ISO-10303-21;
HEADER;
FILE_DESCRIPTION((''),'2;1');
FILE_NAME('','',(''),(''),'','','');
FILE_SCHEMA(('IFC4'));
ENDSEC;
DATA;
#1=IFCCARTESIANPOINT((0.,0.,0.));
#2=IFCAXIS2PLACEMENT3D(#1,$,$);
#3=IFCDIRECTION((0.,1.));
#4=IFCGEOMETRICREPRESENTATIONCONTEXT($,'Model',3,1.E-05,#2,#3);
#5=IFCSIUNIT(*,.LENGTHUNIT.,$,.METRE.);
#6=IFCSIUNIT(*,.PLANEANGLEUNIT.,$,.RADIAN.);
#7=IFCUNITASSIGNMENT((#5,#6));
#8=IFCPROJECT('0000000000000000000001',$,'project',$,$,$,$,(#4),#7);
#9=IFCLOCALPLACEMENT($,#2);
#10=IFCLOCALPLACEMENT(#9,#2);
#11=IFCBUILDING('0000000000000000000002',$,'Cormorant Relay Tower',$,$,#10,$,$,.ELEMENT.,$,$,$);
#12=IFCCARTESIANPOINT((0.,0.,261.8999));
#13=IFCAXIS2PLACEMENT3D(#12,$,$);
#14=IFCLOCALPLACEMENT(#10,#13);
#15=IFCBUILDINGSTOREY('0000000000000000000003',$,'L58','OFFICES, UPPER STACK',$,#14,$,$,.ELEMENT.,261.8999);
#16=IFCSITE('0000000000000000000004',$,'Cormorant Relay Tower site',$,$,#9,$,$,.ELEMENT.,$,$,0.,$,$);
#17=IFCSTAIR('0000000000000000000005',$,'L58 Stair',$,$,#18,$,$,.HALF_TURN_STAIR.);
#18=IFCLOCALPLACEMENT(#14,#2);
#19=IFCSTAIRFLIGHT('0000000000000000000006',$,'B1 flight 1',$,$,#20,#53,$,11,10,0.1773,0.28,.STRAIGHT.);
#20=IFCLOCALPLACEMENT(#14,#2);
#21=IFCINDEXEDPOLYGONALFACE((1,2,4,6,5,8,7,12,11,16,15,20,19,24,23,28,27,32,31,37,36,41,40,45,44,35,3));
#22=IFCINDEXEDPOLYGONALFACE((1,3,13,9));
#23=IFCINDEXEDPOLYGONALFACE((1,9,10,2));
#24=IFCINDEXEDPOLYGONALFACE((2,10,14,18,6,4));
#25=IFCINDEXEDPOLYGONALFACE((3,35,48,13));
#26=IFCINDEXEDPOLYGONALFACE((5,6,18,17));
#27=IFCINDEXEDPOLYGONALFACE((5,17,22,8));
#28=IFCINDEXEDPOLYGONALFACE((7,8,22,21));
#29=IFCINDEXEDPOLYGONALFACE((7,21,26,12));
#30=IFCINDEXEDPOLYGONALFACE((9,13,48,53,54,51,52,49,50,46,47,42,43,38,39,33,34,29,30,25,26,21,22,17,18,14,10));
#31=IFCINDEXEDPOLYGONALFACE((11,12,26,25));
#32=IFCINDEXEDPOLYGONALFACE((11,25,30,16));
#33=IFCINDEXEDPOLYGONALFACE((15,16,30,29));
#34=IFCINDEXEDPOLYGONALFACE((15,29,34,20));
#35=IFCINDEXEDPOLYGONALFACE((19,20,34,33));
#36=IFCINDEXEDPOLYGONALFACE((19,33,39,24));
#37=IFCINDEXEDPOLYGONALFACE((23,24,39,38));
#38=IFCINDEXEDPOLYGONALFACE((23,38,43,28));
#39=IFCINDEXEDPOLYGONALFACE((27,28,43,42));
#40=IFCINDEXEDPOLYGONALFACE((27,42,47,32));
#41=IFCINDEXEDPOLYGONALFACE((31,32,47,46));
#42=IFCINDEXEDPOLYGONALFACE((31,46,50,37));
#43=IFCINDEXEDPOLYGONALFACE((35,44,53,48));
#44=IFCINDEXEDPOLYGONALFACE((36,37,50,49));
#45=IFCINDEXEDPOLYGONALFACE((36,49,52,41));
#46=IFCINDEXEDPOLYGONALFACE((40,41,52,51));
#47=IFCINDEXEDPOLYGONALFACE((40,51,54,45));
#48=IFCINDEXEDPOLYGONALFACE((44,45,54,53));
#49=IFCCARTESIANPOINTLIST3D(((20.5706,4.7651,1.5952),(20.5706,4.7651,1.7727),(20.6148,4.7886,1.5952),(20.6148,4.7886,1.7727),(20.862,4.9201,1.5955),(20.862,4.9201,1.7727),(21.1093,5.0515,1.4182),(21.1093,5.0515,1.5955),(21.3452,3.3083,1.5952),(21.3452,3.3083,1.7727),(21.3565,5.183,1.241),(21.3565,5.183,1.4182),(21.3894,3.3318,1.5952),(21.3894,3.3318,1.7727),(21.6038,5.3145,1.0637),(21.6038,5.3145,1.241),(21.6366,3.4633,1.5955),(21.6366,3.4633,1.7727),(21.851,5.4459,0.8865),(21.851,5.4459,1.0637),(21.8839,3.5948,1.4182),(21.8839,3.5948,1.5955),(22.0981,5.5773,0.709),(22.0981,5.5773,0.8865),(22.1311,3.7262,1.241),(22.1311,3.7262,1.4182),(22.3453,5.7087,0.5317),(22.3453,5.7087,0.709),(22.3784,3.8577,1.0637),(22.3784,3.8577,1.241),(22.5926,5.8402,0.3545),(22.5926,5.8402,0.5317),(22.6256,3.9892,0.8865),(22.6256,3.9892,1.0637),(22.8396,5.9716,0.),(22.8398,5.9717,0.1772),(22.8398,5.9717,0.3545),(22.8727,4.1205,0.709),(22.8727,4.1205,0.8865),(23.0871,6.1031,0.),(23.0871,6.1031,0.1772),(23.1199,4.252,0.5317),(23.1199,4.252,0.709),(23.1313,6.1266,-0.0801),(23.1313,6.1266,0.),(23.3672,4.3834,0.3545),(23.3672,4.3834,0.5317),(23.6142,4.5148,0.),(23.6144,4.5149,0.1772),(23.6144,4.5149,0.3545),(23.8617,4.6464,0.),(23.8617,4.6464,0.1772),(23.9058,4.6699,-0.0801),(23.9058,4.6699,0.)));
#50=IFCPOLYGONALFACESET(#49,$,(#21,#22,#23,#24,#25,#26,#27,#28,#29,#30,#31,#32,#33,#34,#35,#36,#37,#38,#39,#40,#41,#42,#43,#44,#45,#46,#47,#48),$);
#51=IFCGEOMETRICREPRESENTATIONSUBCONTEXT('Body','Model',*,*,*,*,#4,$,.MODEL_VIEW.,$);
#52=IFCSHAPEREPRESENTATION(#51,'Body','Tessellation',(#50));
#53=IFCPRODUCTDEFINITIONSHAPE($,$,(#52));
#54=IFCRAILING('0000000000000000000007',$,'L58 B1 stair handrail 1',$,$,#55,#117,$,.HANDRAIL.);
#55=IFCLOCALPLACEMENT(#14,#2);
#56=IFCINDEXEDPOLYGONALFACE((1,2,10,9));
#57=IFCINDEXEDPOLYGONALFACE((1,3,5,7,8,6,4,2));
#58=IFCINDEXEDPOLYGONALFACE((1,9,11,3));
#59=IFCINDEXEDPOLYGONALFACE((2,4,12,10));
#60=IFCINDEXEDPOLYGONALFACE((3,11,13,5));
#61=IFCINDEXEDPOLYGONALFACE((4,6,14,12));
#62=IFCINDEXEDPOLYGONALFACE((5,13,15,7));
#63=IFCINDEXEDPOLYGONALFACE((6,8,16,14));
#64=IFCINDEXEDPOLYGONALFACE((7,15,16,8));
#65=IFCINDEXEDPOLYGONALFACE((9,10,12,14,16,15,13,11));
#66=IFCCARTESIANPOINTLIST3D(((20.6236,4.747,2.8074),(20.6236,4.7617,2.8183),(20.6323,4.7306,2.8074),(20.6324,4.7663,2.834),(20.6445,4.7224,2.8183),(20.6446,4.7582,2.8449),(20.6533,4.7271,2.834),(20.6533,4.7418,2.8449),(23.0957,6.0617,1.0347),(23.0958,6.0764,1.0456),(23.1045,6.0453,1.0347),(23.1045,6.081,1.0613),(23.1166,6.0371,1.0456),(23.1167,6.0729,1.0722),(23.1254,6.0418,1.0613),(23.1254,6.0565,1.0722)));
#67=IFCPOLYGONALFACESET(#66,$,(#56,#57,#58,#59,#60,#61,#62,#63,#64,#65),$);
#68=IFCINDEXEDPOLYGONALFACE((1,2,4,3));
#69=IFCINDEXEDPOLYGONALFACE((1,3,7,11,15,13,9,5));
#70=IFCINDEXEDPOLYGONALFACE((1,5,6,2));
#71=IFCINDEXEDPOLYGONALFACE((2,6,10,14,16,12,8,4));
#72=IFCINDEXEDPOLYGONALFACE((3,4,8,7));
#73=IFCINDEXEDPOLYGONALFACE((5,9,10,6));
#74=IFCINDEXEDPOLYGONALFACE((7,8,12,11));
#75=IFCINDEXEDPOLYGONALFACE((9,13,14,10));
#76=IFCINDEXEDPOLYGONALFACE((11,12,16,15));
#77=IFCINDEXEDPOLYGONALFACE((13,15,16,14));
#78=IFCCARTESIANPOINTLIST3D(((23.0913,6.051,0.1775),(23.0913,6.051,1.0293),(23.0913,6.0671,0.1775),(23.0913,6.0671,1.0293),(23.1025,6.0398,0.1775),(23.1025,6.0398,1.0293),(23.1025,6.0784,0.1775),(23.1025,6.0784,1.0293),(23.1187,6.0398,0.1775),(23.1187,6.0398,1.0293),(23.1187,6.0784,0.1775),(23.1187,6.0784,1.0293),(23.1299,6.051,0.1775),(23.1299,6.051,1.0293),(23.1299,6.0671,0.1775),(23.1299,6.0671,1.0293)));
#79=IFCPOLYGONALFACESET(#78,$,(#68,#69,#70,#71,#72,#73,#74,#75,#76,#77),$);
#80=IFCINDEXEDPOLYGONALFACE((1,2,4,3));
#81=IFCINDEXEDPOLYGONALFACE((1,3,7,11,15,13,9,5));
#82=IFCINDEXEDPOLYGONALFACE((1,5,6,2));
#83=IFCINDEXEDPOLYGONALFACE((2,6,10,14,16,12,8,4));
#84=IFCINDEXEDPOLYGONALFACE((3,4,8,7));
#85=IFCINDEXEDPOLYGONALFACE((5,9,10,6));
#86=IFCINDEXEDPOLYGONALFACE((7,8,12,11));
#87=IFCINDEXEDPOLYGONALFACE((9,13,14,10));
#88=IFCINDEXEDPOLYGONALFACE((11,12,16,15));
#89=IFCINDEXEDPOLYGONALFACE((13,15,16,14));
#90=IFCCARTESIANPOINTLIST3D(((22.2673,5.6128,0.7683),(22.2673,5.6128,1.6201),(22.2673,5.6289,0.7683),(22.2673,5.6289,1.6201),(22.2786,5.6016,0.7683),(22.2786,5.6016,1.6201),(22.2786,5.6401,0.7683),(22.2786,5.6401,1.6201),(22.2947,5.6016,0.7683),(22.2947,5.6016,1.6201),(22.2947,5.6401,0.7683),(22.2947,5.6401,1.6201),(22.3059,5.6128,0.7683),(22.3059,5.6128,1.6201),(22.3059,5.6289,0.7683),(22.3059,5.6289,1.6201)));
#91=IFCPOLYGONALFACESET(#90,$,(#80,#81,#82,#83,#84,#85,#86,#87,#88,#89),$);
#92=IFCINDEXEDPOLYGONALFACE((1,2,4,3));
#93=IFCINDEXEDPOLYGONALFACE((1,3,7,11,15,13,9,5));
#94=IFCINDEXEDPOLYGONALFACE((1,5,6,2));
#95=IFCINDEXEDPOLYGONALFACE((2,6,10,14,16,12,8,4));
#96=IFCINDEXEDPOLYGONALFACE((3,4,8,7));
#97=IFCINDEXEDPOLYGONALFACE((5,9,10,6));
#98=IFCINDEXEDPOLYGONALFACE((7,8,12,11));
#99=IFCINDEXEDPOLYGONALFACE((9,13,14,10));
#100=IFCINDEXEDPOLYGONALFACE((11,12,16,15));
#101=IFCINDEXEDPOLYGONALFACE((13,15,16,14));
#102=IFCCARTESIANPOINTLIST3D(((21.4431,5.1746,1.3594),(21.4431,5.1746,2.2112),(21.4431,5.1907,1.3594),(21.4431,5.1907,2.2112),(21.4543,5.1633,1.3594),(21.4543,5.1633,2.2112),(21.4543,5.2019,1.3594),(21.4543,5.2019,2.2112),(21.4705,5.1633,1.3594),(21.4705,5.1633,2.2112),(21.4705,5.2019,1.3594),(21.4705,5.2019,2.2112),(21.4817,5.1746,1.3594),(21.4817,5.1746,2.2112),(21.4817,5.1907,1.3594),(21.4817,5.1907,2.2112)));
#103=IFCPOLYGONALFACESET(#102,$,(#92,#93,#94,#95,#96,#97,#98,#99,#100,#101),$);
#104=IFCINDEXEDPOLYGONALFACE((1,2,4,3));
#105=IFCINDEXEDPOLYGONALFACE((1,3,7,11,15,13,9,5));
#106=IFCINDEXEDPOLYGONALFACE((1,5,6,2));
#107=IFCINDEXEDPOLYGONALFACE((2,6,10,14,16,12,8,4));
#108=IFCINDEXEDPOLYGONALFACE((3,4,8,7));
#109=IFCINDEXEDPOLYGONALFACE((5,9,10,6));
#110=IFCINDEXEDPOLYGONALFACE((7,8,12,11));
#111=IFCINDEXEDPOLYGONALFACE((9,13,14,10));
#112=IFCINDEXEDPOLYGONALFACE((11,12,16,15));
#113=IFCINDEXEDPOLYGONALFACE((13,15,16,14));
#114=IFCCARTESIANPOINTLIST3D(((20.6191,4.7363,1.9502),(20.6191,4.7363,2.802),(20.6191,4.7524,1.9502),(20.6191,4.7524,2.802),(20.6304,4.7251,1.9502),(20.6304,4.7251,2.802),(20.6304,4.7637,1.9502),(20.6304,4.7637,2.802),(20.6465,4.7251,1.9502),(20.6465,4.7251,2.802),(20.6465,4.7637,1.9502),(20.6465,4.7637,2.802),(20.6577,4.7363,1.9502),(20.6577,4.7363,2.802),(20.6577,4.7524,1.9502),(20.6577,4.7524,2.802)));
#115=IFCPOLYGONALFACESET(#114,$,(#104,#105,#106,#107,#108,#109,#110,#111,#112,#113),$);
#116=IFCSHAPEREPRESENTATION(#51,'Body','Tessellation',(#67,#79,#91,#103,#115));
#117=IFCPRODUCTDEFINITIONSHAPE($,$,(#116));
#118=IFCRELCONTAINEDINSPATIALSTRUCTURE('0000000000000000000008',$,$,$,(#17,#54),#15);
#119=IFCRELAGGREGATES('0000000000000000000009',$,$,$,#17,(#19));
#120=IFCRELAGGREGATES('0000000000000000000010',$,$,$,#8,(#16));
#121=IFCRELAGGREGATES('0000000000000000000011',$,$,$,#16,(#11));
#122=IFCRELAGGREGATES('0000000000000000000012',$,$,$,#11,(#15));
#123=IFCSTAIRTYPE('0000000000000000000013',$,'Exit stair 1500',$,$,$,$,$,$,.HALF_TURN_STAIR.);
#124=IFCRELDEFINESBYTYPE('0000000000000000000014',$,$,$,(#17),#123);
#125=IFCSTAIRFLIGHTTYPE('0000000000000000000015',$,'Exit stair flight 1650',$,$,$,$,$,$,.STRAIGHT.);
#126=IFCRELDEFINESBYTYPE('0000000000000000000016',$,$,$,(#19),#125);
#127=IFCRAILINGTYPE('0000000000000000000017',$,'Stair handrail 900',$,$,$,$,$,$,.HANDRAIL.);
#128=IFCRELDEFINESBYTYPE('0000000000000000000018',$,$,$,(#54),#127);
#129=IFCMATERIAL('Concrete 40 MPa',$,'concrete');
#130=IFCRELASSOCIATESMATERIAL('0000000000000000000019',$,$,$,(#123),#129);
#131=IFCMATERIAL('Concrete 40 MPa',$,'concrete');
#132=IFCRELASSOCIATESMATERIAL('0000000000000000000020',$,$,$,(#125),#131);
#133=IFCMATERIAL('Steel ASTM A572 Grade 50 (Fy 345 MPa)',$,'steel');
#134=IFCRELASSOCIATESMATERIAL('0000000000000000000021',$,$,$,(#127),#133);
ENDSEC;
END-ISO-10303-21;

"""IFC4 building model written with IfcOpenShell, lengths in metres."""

from ifc_helpers import new_model, si_unit, direction, frame, origin, place, context, subcontext, project, spatial, polyline, outline, extrude, material, type_object, element, aggregate, save


model = new_model("IFC4")

# Units and contexts
model_context = context("Model", 3, precision=1e-05, world=origin(), true_north=direction((0.0, 1.0)))
body_context = subcontext(model_context, "Body", "Model", "MODEL_VIEW")
ifc_project = project(units=[si_unit("LENGTHUNIT", "METRE"), si_unit("PLANEANGLEUNIT", "RADIAN")], contexts=[model_context])

# Site, building, storey
site_placement = place(None, origin())
site = spatial("IfcSite", under=ifc_project, at=site_placement, Name="Cormorant Relay Tower site", CompositionType="ELEMENT", RefElevation=0.0)
building_placement = place(site_placement, origin())
building = spatial("IfcBuilding", under=site, at=building_placement, Name="Cormorant Relay Tower", CompositionType="ELEMENT")
storey_placement = place(building_placement, frame((0.0, 0.0, 261.8999)))
storey = spatial("IfcBuildingStorey", under=building, at=storey_placement, Name="L58", Description="OFFICES, UPPER STACK", CompositionType="ELEMENT", Elevation=261.8999)

# Stair, stair flight
ifc_material_1 = material(Name="Concrete 40 MPa", Category="concrete")
stair_type = type_object("IfcStairType", Name="Exit stair 1500", PredefinedType="HALF_TURN_STAIR", material=ifc_material_1)
stair_placement = place(storey_placement, origin())
stair = element("IfcStair", 1, at=stair_placement, inside=storey, type_object=stair_type, Name="L58 Stair", PredefinedType="HALF_TURN_STAIR")
ifc_material_2 = material(Name="Concrete 40 MPa", Category="concrete")
stair_flight_type = type_object("IfcStairFlightType", Name="Exit stair flight 1650", PredefinedType="STRAIGHT", material=ifc_material_2)
stair_flight_placement = place(storey_placement, frame((23.4744, 5.3748, 0.0), z_axis=(0.0, 0.0, 1.0), x_axis=(-0.882948, -0.469472, 0.0)))
stair_flight = element("IfcStairFlight", 2, at=stair_flight_placement, type_object=stair_flight_type, Name="B1 flight 1", NumberOfRisers=11, NumberOfTreads=10, PredefinedType="STRAIGHT", RiserHeight=0.1773, TreadLength=0.28, context=body_context, shape_type="SweptSolid", body=[
    extrude(outline(polyline([(-0.05, -0.0801), (-0.05, 0.0), (0.0, 0.0), (0.0, 0.1772), (0.28, 0.1772), (0.28, 0.3545), (0.5601, 0.3545), (0.5601, 0.5317), (0.8401, 0.5317), (0.8401, 0.709), (1.1201, 0.709), (1.1201, 0.8865), (1.3999, 0.8865), (1.3999, 1.0637), (1.6799, 1.0637), (1.6799, 1.241), (1.96, 1.241), (1.96, 1.4182), (2.24, 1.4182), (2.24, 1.5955), (2.52, 1.5955), (2.52, 1.7727), (2.8, 1.7727), (2.8501, 1.7727), (2.8501, 1.5952), (2.8, 1.5952), (0.2803, 0.0), (-0.05, -0.0801)])), frame((0.0, 0.825, 0.0), z_axis=(0.0, -1.0, 0.0), x_axis=(1.0, 0.0, 0.0)), (0.0, 0.0, 1.0), 1.6499),
])
aggregate(stair, [stair_flight])

# Railing
ifc_material_3 = material(Name="Steel ASTM A572 Grade 50 (Fy 345 MPa)", Category="steel")
railing_type = type_object("IfcRailingType", Name="Stair handrail 900", PredefinedType="HANDRAIL", material=ifc_material_3)
railing_placement = place(storey_placement, frame((23.1106, 6.0591, 0.1775)))
element("IfcRailing", 3, at=railing_placement, inside=storey, type_object=railing_type, Name="L58 B1 stair handrail 1", PredefinedType="HANDRAIL", context=body_context, shape_type="SweptSolid", body=[
    extrude(outline(polyline([(0.0222, 0.0093), (0.0093, 0.0222), (-0.0093, 0.0222), (-0.0222, 0.0093), (-0.0222, -0.0093), (-0.0093, -0.0222), (0.0093, -0.0222), (0.0222, -0.0093), (0.0222, 0.0093)])), frame((0.0, 0.0, 0.876), z_axis=(-0.745979, -0.396711, 0.534916), x_axis=(0.469533, -0.882915, 0.0)), (0.0, 0.0, 1.0), 3.314),
    extrude(outline(polyline([(0.0193, 0.0081), (0.0081, 0.0193), (-0.0081, 0.0193), (-0.0193, 0.0081), (-0.0193, -0.0081), (-0.0081, -0.0193), (0.0081, -0.0193), (0.0193, -0.0081), (0.0193, 0.0081)])), origin(), (0.0, 0.0, 1.0), 0.8518),
    extrude(outline(polyline([(0.0193, 0.0081), (0.0081, 0.0193), (-0.0081, 0.0193), (-0.0193, 0.0081), (-0.0193, -0.0081), (-0.0081, -0.0193), (0.0081, -0.0193), (0.0193, -0.0081), (0.0193, 0.0081)])), frame((-0.824, -0.4382, 0.5908)), (0.0, 0.0, 1.0), 0.8518),
    extrude(outline(polyline([(0.0193, 0.0081), (0.0081, 0.0193), (-0.0081, 0.0193), (-0.0193, 0.0081), (-0.0193, -0.0081), (-0.0081, -0.0193), (0.0081, -0.0193), (0.0193, -0.0081), (0.0193, 0.0081)])), frame((-1.6482, -0.8765, 1.1819)), (0.0, 0.0, 1.0), 0.8518),
    extrude(outline(polyline([(0.0193, 0.0081), (0.0081, 0.0193), (-0.0081, 0.0193), (-0.0193, 0.0081), (-0.0193, -0.0081), (-0.0081, -0.0193), (0.0081, -0.0193), (0.0193, -0.0081), (0.0193, 0.0081)])), frame((-2.4722, -1.3147, 1.7727)), (0.0, 0.0, 1.0), 0.8518),
])

save(model, "model.ifc")
